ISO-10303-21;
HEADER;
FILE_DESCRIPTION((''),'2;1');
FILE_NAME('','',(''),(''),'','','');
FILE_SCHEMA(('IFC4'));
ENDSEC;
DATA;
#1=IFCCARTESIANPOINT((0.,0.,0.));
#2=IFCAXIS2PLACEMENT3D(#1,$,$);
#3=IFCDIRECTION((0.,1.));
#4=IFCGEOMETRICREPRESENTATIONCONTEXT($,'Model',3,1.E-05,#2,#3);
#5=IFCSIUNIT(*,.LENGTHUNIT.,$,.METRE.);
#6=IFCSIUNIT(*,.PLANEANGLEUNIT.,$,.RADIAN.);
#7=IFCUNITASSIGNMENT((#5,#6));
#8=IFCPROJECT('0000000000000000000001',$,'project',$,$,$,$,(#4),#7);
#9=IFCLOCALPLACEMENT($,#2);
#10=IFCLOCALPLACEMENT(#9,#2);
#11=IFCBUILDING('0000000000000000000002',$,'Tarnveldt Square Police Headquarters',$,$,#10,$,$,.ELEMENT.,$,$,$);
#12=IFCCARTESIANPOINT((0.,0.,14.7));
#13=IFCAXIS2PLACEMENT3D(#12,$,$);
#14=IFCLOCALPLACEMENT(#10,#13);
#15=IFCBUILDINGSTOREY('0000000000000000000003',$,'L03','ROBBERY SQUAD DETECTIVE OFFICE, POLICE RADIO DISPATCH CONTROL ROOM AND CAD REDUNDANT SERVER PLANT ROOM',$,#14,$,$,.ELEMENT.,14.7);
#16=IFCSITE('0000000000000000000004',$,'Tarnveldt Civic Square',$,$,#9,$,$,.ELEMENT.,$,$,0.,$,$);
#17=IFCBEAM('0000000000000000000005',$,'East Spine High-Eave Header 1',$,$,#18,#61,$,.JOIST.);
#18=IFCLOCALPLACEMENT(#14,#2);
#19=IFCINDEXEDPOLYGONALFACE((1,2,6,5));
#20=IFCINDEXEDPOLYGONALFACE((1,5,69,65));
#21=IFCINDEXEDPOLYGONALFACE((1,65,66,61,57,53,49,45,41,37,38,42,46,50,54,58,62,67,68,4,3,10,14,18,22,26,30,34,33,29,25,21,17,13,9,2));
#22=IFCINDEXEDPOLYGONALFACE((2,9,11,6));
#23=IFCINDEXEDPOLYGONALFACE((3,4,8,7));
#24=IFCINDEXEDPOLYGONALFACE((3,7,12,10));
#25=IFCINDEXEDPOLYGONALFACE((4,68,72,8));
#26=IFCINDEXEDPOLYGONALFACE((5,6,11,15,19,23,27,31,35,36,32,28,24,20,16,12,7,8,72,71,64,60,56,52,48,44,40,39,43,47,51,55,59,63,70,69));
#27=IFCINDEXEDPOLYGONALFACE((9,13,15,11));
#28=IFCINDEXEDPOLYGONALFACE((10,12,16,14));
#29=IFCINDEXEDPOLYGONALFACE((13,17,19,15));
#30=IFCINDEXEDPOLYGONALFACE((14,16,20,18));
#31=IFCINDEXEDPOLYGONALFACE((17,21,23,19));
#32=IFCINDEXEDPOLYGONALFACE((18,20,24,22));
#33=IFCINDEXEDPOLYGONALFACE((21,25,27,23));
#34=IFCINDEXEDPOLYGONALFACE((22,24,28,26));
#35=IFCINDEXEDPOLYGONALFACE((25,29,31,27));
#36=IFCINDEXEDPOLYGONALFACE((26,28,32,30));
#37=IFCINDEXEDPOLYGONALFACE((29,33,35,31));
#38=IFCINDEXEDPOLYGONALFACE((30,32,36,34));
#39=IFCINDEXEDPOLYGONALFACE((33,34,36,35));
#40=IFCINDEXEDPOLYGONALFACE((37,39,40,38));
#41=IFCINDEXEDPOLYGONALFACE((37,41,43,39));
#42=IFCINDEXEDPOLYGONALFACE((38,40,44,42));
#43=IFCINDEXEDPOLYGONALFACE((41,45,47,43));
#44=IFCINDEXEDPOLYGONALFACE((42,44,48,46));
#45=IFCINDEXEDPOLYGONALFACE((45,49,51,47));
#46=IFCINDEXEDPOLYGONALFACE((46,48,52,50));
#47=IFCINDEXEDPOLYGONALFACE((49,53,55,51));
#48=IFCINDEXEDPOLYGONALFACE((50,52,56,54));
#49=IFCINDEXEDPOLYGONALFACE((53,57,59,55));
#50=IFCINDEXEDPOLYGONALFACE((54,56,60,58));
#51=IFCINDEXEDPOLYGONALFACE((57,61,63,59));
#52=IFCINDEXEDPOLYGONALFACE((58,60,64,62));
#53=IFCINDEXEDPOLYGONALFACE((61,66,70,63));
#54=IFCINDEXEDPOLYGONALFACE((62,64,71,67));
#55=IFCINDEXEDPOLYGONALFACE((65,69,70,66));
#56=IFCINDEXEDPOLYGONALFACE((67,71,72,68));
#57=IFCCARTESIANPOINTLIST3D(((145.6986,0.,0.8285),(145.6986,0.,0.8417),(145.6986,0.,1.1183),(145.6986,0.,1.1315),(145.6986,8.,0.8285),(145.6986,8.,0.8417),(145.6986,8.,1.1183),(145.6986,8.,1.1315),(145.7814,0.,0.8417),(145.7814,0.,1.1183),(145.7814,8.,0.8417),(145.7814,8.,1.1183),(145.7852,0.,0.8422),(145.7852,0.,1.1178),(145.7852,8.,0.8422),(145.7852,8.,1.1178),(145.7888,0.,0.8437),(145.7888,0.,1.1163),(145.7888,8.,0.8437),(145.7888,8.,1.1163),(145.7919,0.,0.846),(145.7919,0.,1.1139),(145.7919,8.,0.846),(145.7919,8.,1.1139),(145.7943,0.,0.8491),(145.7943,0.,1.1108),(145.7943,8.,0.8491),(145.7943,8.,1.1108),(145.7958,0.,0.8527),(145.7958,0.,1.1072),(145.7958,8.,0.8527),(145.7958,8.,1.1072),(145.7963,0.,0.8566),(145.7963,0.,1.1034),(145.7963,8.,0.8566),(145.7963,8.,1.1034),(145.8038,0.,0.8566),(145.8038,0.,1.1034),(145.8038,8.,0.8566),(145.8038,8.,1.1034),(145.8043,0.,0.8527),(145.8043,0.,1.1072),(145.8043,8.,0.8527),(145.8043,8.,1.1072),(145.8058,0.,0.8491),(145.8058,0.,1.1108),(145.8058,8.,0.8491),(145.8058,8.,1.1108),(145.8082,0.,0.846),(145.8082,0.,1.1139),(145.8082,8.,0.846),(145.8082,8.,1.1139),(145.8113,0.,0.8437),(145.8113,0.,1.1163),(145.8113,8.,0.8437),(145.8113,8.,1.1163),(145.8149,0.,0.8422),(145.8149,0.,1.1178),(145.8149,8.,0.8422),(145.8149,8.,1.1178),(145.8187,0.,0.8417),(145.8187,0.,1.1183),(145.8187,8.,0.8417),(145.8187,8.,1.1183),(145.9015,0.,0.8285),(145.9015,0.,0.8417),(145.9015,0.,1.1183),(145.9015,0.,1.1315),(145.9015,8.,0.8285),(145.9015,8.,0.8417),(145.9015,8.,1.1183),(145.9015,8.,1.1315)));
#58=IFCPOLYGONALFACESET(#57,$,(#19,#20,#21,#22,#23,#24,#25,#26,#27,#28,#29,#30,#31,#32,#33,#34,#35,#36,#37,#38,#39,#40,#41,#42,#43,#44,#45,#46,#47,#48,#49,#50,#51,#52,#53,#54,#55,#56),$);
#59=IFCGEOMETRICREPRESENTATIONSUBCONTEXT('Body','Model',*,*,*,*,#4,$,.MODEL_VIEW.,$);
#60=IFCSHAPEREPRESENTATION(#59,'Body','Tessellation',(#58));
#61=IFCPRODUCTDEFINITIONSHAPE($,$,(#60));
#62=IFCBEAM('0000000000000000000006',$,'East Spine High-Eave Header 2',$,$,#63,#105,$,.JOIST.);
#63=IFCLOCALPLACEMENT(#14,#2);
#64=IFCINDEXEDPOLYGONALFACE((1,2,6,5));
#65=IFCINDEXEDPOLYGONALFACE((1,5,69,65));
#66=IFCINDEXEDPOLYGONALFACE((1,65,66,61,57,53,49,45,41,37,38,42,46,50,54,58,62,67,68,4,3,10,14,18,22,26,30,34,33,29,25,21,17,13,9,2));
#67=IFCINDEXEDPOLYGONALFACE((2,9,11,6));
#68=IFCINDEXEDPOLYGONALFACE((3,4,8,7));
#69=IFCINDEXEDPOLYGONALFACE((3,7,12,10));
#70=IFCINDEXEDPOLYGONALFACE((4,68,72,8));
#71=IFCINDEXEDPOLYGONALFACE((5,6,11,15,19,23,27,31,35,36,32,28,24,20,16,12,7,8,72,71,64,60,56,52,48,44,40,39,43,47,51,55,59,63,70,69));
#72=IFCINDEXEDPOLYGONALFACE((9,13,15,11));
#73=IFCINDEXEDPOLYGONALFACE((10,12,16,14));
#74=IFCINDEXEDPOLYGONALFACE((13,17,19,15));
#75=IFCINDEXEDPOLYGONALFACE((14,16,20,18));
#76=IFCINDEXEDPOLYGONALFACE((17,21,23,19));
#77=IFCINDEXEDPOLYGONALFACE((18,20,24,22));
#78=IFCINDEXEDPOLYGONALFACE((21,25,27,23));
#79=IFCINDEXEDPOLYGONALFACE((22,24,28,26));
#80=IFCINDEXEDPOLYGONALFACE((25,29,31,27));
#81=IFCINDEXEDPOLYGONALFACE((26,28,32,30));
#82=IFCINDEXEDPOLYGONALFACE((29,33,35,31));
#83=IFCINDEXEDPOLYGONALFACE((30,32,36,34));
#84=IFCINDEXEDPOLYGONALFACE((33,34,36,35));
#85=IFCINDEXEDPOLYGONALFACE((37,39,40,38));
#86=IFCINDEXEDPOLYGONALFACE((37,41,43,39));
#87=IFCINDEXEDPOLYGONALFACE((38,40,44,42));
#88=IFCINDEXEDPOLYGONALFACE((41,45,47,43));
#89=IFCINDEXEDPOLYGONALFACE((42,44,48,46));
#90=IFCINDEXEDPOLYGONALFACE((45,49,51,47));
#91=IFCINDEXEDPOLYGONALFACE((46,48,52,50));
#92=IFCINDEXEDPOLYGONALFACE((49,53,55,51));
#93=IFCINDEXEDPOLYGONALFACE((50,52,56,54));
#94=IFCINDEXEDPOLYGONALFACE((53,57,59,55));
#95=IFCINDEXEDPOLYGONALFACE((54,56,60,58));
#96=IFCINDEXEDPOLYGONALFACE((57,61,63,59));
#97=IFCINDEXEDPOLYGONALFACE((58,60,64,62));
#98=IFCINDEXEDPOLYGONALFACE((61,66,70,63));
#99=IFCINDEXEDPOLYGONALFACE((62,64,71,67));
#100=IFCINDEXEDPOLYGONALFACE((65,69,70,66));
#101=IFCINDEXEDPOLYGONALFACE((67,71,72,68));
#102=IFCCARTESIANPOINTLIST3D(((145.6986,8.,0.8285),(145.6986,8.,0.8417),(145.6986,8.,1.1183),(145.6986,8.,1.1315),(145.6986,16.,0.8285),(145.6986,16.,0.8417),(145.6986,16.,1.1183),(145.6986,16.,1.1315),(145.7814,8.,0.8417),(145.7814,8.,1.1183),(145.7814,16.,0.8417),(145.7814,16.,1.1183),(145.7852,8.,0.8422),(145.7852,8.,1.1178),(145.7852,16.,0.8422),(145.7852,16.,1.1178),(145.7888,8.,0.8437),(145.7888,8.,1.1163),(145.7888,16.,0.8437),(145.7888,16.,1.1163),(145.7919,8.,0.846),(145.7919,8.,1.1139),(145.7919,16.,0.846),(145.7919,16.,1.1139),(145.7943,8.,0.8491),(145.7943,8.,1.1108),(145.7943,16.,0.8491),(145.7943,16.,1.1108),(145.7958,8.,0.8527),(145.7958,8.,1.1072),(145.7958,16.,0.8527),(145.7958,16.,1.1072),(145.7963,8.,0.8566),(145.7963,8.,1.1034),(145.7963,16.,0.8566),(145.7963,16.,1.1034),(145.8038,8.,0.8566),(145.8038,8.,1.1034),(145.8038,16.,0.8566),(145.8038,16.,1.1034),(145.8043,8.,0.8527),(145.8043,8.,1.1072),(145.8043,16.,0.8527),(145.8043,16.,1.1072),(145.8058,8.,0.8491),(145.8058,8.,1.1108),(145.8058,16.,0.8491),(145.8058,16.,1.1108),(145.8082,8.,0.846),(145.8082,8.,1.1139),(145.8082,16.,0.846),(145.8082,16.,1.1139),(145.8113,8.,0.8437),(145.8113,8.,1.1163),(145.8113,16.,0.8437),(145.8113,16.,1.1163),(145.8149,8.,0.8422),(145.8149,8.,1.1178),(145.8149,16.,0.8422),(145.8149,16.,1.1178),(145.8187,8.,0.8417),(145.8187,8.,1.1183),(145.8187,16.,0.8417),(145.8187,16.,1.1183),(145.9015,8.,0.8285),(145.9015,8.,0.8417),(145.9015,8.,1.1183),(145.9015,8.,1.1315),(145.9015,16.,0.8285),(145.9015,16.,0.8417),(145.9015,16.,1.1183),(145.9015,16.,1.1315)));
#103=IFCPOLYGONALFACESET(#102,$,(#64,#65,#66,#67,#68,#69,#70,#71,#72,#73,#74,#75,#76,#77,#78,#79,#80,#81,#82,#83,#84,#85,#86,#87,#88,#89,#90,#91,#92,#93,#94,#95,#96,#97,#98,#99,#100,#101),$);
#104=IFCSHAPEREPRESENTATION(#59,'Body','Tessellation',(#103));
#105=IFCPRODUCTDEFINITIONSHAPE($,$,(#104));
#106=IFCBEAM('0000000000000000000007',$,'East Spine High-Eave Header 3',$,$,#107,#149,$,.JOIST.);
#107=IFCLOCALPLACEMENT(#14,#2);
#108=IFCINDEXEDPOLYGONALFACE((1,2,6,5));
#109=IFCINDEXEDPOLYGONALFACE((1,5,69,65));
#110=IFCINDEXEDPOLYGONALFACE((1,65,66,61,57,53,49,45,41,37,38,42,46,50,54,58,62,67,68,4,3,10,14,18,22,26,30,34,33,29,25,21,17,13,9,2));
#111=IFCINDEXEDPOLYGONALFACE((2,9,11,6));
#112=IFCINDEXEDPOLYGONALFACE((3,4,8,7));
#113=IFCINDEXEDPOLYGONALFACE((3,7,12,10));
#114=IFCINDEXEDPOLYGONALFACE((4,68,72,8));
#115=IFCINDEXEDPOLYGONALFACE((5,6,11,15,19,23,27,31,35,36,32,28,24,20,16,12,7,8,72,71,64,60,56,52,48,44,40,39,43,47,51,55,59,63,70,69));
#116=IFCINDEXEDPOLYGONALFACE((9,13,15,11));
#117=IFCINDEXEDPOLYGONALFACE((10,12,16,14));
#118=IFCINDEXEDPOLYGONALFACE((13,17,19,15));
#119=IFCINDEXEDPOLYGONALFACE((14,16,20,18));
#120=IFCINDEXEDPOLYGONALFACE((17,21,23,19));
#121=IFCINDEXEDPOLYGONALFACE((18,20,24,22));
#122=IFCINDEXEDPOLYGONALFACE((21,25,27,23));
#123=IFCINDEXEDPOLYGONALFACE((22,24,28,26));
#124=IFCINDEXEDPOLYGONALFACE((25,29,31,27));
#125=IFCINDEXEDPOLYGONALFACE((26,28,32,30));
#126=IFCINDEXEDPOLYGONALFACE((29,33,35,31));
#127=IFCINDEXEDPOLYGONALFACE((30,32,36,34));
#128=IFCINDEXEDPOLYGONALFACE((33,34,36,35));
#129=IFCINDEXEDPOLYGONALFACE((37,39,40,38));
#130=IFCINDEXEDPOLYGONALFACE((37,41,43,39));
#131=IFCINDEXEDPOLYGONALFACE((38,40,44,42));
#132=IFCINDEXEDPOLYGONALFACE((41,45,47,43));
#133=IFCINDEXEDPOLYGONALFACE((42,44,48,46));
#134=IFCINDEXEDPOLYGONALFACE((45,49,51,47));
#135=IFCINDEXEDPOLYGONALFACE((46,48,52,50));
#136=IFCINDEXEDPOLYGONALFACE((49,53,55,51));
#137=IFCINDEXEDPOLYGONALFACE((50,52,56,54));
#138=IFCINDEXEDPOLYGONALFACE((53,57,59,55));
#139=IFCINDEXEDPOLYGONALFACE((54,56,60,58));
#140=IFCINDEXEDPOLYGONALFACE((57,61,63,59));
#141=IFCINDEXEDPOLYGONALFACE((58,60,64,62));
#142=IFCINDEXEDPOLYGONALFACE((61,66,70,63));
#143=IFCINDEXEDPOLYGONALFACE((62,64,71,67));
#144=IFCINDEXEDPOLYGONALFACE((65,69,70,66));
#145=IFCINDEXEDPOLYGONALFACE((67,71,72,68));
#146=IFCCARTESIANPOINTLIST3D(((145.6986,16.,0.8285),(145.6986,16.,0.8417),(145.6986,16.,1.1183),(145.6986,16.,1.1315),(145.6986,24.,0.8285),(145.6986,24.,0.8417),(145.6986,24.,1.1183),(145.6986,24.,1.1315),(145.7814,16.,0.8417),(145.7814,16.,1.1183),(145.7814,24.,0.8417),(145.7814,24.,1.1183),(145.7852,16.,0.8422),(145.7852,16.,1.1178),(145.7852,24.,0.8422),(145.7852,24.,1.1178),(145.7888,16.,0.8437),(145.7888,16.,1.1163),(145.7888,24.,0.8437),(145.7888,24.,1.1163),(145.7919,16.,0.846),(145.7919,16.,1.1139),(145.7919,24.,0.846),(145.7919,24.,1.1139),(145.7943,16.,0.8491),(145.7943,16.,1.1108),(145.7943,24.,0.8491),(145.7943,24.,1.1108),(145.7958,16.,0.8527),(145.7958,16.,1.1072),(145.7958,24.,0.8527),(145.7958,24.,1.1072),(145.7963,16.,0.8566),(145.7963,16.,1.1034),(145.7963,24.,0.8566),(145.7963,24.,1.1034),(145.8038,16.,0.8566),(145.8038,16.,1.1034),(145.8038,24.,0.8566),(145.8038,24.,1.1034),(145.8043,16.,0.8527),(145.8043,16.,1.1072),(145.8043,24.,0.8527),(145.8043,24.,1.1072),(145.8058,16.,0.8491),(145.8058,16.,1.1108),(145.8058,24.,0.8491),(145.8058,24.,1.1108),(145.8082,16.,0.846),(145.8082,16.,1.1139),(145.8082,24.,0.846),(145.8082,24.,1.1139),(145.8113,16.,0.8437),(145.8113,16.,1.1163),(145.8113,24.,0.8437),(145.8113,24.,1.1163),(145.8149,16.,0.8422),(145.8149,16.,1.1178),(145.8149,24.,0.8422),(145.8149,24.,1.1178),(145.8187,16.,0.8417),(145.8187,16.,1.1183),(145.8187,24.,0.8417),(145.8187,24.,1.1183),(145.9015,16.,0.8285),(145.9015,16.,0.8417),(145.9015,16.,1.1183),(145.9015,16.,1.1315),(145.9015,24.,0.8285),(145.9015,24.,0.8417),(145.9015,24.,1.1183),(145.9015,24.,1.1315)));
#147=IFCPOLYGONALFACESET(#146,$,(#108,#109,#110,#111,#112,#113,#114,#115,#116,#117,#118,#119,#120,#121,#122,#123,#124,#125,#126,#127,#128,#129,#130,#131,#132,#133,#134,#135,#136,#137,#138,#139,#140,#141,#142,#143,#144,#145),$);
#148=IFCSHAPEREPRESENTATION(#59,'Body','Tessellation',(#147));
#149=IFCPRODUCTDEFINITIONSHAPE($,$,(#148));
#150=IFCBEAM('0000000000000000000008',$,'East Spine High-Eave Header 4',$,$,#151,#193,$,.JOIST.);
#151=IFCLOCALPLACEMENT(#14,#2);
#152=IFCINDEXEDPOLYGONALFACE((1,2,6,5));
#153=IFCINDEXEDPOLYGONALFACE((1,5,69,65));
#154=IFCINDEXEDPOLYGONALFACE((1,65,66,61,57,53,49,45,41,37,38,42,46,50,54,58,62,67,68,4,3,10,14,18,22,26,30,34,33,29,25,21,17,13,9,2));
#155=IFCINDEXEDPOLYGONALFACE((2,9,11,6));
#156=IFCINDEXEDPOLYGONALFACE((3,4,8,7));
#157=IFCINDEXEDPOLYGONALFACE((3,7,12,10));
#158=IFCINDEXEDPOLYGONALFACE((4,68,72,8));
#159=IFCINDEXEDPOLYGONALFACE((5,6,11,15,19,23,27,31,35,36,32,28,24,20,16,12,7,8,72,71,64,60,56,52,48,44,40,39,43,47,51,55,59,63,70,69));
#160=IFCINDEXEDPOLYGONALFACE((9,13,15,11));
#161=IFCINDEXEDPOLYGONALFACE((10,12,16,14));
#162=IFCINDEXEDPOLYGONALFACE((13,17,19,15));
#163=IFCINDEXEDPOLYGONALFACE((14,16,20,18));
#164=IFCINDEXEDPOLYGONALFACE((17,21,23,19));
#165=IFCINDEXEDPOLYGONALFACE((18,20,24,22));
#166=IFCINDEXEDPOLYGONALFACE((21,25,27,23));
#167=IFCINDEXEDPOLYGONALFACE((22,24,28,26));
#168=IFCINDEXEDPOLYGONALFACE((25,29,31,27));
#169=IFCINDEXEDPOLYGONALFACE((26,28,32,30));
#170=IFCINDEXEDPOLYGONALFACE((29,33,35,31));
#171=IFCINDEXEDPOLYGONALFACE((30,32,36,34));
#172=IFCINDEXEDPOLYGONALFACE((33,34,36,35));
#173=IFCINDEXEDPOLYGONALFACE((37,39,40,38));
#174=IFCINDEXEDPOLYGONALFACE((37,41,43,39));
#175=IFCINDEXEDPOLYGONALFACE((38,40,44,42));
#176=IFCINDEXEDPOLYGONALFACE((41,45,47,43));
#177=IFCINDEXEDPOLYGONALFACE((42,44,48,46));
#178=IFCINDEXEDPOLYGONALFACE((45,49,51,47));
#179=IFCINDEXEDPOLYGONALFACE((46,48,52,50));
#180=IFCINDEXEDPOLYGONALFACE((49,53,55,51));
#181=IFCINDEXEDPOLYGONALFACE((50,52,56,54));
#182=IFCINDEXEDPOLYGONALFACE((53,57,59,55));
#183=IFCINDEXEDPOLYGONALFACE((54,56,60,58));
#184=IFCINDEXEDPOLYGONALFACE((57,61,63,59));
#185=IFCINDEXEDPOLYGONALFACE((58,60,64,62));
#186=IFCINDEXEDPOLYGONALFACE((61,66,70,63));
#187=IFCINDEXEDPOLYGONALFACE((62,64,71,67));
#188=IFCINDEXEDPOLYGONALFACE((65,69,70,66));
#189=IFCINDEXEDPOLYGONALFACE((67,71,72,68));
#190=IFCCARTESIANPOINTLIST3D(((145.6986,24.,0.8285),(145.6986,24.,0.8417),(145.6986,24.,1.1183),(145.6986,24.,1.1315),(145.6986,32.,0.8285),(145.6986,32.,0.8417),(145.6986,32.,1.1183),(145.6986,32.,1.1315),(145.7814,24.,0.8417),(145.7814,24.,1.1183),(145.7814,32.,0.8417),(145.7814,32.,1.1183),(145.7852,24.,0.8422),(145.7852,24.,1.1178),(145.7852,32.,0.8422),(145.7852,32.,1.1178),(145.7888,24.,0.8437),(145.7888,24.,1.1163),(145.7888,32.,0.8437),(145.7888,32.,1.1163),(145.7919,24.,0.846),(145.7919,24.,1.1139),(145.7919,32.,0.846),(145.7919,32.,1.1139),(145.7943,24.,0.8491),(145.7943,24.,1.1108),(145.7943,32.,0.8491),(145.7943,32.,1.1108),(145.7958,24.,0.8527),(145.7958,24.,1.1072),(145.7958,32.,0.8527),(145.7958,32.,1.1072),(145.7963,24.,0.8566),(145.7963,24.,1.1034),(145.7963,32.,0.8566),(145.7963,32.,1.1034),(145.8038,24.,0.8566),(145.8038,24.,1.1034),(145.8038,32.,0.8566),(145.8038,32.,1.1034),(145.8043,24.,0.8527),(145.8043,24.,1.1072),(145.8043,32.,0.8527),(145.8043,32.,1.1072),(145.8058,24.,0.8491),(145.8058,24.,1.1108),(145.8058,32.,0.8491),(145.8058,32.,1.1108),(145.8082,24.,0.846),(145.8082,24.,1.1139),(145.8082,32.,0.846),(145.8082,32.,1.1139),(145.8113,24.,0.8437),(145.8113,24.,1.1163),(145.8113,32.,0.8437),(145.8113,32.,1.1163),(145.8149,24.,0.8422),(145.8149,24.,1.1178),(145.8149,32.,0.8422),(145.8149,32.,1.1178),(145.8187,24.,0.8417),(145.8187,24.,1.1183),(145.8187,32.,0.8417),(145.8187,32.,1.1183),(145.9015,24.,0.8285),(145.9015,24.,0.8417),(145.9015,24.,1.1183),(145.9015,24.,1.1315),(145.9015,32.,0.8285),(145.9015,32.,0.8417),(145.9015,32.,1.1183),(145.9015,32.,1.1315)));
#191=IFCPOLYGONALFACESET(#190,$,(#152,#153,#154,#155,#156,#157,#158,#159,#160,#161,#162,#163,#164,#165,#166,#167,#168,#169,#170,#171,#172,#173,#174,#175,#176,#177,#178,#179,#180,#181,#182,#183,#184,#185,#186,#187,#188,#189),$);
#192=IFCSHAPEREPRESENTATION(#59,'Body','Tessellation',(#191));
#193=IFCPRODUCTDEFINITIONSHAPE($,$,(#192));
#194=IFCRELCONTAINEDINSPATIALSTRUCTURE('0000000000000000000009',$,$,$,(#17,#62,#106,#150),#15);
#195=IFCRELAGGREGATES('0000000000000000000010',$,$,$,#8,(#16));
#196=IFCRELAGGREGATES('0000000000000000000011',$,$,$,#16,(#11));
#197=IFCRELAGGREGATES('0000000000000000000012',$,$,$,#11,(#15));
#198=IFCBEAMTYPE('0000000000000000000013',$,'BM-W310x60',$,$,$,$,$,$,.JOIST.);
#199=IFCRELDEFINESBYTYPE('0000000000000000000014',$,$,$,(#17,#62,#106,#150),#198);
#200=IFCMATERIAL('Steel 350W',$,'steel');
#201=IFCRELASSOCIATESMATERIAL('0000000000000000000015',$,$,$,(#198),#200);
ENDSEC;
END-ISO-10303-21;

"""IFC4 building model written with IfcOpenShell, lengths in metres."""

from ifc_helpers import new_model, si_unit, direction, frame, origin, origin_2d, place, context, subcontext, project, spatial, i_section, extrude, material, material_profile, profile_set, type_object, element, save


model = new_model("IFC4")

# Units and contexts
model_context = context("Model", 3, precision=1e-05, world=origin(), true_north=direction((0.0, 1.0)))
body_context = subcontext(model_context, "Body", "Model", "MODEL_VIEW")
ifc_project = project(units=[si_unit("LENGTHUNIT", "METRE"), si_unit("PLANEANGLEUNIT", "RADIAN")], contexts=[model_context])

# Site, building, storey
site_placement = place(None, origin())
site = spatial("IfcSite", under=ifc_project, at=site_placement, Name="Tarnveldt Civic Square", CompositionType="ELEMENT", RefElevation=0.0)
building_placement = place(site_placement, origin())
building = spatial("IfcBuilding", under=site, at=building_placement, Name="Tarnveldt Square Police Headquarters", CompositionType="ELEMENT")
storey_placement = place(building_placement, frame((0.0, 0.0, 14.7)))
storey = spatial("IfcBuildingStorey", under=building, at=storey_placement, Name="L03", Description="ROBBERY SQUAD DETECTIVE OFFICE, POLICE RADIO DISPATCH CONTROL ROOM AND CAD REDUNDANT SERVER PLANT ROOM", CompositionType="ELEMENT", Elevation=14.7)

# Beams
ifc_material_1 = material(Name="Steel 350W", Category="steel")
ifc_material_profile_1 = material_profile(ifc_material_1, i_section(OverallWidth=0.2029, OverallDepth=0.303, WebThickness=0.0076, FlangeThickness=0.0132, FilletRadius=0.0149, at=origin_2d()), Name="W310x60")
ifc_profile_set_1 = profile_set([ifc_material_profile_1], Name="Steel 350W")
beam_type = type_object("IfcBeamType", Name="BM-W310x60", PredefinedType="JOIST", material=ifc_profile_set_1)
for number, where, z_axis, x_axis, name in (
    (1, (145.8, 0.0, 0.98), (0.0, 1.0, 0.0), (-1.0, 0.0, 0.0), "East Spine High-Eave Header 1"),
    (2, (145.8, 8.0, 0.98), (0.0, 1.0, 0.0), (-1.0, 0.0, 0.0), "East Spine High-Eave Header 2"),
    (3, (145.8, 16.0, 0.98), (0.0, 1.0, 0.0), (-1.0, 0.0, 0.0), "East Spine High-Eave Header 3"),
    (4, (145.8, 24.0, 0.98), (0.0, 1.0, 0.0), (-1.0, 0.0, 0.0), "East Spine High-Eave Header 4"),
):
    element("IfcBeam", number, at=place(storey_placement, frame(where, z_axis=z_axis, x_axis=x_axis)), inside=storey, type_object=beam_type, Name=name, PredefinedType="JOIST", context=body_context, shape_type="SweptSolid", body=[
        extrude(i_section(OverallWidth=0.2029, OverallDepth=0.303, WebThickness=0.0076, FlangeThickness=0.0132, FilletRadius=0.0149, at=origin_2d()), origin(), (0.0, 0.0, 1.0), 8.0),
    ])

save(model, "model.ifc")
